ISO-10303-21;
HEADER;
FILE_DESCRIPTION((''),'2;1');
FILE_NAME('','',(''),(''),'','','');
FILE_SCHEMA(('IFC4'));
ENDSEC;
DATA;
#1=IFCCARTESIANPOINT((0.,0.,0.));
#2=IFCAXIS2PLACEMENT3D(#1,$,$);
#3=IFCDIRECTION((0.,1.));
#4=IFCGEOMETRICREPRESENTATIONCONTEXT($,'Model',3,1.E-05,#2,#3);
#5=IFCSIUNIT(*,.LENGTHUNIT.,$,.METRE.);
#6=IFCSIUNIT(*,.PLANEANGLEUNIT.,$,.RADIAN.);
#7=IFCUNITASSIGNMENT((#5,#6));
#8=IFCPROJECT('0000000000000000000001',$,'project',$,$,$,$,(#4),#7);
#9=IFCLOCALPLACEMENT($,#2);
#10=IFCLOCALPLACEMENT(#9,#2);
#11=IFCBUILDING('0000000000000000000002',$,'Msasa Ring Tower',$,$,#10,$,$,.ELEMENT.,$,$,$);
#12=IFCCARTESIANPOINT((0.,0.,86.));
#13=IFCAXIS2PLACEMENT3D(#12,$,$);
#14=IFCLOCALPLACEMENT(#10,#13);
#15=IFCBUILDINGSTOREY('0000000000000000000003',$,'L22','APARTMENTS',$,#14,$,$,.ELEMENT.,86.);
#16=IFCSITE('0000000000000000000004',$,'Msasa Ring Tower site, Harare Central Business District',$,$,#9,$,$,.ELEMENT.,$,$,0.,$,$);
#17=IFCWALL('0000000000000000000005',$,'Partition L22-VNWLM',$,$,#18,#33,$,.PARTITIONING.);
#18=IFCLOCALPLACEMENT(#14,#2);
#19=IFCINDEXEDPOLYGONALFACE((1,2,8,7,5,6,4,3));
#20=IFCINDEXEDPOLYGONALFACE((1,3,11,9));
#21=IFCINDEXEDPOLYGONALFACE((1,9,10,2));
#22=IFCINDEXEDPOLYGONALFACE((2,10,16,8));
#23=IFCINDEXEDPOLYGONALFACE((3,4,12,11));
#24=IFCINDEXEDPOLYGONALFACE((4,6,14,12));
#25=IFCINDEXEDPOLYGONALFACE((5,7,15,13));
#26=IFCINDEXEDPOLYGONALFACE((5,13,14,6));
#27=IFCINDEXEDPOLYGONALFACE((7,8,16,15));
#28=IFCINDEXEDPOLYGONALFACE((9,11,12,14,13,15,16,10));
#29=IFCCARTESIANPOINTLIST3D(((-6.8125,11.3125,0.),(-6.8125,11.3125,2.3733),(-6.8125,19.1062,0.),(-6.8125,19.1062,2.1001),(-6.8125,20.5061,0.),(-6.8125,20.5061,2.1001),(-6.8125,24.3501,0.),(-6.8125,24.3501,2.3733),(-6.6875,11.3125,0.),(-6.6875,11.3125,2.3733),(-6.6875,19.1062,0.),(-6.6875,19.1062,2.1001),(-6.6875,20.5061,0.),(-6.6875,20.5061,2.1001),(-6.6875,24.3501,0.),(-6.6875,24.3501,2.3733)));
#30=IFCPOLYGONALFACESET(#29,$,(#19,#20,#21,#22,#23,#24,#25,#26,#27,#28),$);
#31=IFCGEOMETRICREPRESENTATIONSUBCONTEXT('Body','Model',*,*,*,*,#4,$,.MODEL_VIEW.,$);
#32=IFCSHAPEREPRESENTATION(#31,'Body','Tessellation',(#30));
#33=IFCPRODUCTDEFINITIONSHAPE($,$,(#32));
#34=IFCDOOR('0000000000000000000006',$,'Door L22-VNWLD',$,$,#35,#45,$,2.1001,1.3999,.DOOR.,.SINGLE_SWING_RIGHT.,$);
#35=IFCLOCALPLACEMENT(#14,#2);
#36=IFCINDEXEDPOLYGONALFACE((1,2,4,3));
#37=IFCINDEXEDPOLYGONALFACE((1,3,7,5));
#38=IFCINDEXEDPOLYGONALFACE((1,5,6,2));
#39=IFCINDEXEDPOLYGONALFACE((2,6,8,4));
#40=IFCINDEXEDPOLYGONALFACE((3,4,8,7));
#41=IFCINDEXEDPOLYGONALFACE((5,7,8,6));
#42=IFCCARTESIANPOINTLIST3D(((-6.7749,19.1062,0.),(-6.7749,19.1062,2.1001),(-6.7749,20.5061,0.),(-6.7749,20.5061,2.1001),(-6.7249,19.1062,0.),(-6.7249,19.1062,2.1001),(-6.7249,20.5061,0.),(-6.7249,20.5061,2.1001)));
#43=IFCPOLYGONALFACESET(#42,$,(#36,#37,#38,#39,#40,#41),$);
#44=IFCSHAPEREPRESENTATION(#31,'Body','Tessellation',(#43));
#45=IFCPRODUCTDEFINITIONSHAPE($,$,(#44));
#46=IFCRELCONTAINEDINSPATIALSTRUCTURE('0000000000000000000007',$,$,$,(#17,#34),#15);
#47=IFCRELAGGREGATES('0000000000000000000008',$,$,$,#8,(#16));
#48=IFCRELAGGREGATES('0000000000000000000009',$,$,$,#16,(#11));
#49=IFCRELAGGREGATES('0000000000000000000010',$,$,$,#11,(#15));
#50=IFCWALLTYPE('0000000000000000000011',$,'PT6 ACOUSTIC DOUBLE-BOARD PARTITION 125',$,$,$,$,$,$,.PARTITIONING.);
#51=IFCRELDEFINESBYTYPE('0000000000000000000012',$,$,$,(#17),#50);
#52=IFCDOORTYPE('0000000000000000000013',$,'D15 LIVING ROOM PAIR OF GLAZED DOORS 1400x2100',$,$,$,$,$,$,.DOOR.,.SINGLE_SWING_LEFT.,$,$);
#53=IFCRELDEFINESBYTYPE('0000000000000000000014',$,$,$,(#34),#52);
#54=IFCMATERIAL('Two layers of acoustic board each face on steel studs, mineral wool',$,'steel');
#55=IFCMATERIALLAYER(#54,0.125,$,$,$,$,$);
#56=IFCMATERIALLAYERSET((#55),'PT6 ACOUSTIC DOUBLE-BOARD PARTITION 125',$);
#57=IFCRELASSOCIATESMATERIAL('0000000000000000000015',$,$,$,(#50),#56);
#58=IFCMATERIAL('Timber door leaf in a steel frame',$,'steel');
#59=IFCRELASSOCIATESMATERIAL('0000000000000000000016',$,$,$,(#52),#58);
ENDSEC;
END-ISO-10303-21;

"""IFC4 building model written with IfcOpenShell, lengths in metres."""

from ifc_helpers import new_model, si_unit, direction, frame, frame_2d, origin, place, context, subcontext, project, spatial, rectangle, extrude, material, layer, layer_set, type_object, element, fill, save


model = new_model("IFC4")

# Units and contexts
model_context = context("Model", 3, precision=1e-05, world=origin(), true_north=direction((0.0, 1.0)))
body_context = subcontext(model_context, "Body", "Model", "MODEL_VIEW")
ifc_project = project(units=[si_unit("LENGTHUNIT", "METRE"), si_unit("PLANEANGLEUNIT", "RADIAN")], contexts=[model_context])

# Site, building, storey
site_placement = place(None, origin())
site = spatial("IfcSite", under=ifc_project, at=site_placement, Name="Msasa Ring Tower site, Harare Central Business District", CompositionType="ELEMENT", RefElevation=0.0)
building_placement = place(site_placement, origin())
building = spatial("IfcBuilding", under=site, at=building_placement, Name="Msasa Ring Tower", CompositionType="ELEMENT")
storey_placement = place(building_placement, frame((0.0, 0.0, 86.0)))
storey = spatial("IfcBuildingStorey", under=building, at=storey_placement, Name="L22", Description="APARTMENTS", CompositionType="ELEMENT", Elevation=86.0)

# Wall, opening, door
ifc_material_1 = material(Name="Two layers of acoustic board each face on steel studs, mineral wool", Category="steel")
ifc_layer_1 = layer(ifc_material_1, 0.125)
ifc_layer_set_1 = layer_set([ifc_layer_1], Name="PT6 ACOUSTIC DOUBLE-BOARD PARTITION 125")
wall_type_1 = type_object("IfcWallType", Name="PT6 ACOUSTIC DOUBLE-BOARD PARTITION 125", PredefinedType="PARTITIONING", material=ifc_layer_set_1)
wall_1_placement = place(storey_placement, frame((-6.75, 11.3125, 0.0), z_axis=(0.0, 0.0, 1.0), x_axis=(0.0, 1.0, 0.0)))
wall_1 = element("IfcWall", 1, at=wall_1_placement, inside=storey, type_object=wall_type_1, Name="Partition L22-VNWLM", PredefinedType="PARTITIONING", context=body_context, shape_type="SweptSolid", body=[
    extrude(rectangle(XDim=13.0376, YDim=0.125, at=frame_2d((6.5188, 0.0))), origin(), (0.0, 0.0, 1.0), 2.3733),
])
opening_1_placement = place(wall_1_placement, frame((7.7937, 0.0, 0.0)))
opening_1 = element("IfcOpeningElement", 2, at=opening_1_placement, cuts=wall_1, PredefinedType="OPENING", context=body_context, shape_type="SweptSolid", body=[
    extrude(rectangle(XDim=1.3999, YDim=2.1001, at=frame_2d((0.7, 1.05))), frame((0.0, 0.0725, 0.0), z_axis=(0.0, -1.0, 0.0), x_axis=(1.0, 0.0, 0.0)), (0.0, 0.0, 1.0), 0.145),
])
ifc_material_2 = material(Name="Timber door leaf in a steel frame", Category="steel")
door_type_1 = type_object("IfcDoorType", Name="D15 LIVING ROOM PAIR OF GLAZED DOORS 1400x2100", OperationType="SINGLE_SWING_LEFT", PredefinedType="DOOR", material=ifc_material_2)
door_1_placement = place(opening_1_placement, origin())
door_1 = element("IfcDoor", 3, at=door_1_placement, inside=storey, type_object=door_type_1, Name="Door L22-VNWLD", OperationType="SINGLE_SWING_RIGHT", OverallHeight=2.1001, OverallWidth=1.3999, PredefinedType="DOOR", context=body_context, shape_type="SweptSolid", body=[
    extrude(rectangle(XDim=1.3999, YDim=2.1001, at=frame_2d((0.7, 1.05))), frame((0.0, 0.0249, 0.0), z_axis=(0.0, -1.0, 0.0), x_axis=(1.0, 0.0, 0.0)), (0.0, 0.0, 1.0), 0.05),
])
fill(opening_1, door_1)

save(model, "model.ifc")
